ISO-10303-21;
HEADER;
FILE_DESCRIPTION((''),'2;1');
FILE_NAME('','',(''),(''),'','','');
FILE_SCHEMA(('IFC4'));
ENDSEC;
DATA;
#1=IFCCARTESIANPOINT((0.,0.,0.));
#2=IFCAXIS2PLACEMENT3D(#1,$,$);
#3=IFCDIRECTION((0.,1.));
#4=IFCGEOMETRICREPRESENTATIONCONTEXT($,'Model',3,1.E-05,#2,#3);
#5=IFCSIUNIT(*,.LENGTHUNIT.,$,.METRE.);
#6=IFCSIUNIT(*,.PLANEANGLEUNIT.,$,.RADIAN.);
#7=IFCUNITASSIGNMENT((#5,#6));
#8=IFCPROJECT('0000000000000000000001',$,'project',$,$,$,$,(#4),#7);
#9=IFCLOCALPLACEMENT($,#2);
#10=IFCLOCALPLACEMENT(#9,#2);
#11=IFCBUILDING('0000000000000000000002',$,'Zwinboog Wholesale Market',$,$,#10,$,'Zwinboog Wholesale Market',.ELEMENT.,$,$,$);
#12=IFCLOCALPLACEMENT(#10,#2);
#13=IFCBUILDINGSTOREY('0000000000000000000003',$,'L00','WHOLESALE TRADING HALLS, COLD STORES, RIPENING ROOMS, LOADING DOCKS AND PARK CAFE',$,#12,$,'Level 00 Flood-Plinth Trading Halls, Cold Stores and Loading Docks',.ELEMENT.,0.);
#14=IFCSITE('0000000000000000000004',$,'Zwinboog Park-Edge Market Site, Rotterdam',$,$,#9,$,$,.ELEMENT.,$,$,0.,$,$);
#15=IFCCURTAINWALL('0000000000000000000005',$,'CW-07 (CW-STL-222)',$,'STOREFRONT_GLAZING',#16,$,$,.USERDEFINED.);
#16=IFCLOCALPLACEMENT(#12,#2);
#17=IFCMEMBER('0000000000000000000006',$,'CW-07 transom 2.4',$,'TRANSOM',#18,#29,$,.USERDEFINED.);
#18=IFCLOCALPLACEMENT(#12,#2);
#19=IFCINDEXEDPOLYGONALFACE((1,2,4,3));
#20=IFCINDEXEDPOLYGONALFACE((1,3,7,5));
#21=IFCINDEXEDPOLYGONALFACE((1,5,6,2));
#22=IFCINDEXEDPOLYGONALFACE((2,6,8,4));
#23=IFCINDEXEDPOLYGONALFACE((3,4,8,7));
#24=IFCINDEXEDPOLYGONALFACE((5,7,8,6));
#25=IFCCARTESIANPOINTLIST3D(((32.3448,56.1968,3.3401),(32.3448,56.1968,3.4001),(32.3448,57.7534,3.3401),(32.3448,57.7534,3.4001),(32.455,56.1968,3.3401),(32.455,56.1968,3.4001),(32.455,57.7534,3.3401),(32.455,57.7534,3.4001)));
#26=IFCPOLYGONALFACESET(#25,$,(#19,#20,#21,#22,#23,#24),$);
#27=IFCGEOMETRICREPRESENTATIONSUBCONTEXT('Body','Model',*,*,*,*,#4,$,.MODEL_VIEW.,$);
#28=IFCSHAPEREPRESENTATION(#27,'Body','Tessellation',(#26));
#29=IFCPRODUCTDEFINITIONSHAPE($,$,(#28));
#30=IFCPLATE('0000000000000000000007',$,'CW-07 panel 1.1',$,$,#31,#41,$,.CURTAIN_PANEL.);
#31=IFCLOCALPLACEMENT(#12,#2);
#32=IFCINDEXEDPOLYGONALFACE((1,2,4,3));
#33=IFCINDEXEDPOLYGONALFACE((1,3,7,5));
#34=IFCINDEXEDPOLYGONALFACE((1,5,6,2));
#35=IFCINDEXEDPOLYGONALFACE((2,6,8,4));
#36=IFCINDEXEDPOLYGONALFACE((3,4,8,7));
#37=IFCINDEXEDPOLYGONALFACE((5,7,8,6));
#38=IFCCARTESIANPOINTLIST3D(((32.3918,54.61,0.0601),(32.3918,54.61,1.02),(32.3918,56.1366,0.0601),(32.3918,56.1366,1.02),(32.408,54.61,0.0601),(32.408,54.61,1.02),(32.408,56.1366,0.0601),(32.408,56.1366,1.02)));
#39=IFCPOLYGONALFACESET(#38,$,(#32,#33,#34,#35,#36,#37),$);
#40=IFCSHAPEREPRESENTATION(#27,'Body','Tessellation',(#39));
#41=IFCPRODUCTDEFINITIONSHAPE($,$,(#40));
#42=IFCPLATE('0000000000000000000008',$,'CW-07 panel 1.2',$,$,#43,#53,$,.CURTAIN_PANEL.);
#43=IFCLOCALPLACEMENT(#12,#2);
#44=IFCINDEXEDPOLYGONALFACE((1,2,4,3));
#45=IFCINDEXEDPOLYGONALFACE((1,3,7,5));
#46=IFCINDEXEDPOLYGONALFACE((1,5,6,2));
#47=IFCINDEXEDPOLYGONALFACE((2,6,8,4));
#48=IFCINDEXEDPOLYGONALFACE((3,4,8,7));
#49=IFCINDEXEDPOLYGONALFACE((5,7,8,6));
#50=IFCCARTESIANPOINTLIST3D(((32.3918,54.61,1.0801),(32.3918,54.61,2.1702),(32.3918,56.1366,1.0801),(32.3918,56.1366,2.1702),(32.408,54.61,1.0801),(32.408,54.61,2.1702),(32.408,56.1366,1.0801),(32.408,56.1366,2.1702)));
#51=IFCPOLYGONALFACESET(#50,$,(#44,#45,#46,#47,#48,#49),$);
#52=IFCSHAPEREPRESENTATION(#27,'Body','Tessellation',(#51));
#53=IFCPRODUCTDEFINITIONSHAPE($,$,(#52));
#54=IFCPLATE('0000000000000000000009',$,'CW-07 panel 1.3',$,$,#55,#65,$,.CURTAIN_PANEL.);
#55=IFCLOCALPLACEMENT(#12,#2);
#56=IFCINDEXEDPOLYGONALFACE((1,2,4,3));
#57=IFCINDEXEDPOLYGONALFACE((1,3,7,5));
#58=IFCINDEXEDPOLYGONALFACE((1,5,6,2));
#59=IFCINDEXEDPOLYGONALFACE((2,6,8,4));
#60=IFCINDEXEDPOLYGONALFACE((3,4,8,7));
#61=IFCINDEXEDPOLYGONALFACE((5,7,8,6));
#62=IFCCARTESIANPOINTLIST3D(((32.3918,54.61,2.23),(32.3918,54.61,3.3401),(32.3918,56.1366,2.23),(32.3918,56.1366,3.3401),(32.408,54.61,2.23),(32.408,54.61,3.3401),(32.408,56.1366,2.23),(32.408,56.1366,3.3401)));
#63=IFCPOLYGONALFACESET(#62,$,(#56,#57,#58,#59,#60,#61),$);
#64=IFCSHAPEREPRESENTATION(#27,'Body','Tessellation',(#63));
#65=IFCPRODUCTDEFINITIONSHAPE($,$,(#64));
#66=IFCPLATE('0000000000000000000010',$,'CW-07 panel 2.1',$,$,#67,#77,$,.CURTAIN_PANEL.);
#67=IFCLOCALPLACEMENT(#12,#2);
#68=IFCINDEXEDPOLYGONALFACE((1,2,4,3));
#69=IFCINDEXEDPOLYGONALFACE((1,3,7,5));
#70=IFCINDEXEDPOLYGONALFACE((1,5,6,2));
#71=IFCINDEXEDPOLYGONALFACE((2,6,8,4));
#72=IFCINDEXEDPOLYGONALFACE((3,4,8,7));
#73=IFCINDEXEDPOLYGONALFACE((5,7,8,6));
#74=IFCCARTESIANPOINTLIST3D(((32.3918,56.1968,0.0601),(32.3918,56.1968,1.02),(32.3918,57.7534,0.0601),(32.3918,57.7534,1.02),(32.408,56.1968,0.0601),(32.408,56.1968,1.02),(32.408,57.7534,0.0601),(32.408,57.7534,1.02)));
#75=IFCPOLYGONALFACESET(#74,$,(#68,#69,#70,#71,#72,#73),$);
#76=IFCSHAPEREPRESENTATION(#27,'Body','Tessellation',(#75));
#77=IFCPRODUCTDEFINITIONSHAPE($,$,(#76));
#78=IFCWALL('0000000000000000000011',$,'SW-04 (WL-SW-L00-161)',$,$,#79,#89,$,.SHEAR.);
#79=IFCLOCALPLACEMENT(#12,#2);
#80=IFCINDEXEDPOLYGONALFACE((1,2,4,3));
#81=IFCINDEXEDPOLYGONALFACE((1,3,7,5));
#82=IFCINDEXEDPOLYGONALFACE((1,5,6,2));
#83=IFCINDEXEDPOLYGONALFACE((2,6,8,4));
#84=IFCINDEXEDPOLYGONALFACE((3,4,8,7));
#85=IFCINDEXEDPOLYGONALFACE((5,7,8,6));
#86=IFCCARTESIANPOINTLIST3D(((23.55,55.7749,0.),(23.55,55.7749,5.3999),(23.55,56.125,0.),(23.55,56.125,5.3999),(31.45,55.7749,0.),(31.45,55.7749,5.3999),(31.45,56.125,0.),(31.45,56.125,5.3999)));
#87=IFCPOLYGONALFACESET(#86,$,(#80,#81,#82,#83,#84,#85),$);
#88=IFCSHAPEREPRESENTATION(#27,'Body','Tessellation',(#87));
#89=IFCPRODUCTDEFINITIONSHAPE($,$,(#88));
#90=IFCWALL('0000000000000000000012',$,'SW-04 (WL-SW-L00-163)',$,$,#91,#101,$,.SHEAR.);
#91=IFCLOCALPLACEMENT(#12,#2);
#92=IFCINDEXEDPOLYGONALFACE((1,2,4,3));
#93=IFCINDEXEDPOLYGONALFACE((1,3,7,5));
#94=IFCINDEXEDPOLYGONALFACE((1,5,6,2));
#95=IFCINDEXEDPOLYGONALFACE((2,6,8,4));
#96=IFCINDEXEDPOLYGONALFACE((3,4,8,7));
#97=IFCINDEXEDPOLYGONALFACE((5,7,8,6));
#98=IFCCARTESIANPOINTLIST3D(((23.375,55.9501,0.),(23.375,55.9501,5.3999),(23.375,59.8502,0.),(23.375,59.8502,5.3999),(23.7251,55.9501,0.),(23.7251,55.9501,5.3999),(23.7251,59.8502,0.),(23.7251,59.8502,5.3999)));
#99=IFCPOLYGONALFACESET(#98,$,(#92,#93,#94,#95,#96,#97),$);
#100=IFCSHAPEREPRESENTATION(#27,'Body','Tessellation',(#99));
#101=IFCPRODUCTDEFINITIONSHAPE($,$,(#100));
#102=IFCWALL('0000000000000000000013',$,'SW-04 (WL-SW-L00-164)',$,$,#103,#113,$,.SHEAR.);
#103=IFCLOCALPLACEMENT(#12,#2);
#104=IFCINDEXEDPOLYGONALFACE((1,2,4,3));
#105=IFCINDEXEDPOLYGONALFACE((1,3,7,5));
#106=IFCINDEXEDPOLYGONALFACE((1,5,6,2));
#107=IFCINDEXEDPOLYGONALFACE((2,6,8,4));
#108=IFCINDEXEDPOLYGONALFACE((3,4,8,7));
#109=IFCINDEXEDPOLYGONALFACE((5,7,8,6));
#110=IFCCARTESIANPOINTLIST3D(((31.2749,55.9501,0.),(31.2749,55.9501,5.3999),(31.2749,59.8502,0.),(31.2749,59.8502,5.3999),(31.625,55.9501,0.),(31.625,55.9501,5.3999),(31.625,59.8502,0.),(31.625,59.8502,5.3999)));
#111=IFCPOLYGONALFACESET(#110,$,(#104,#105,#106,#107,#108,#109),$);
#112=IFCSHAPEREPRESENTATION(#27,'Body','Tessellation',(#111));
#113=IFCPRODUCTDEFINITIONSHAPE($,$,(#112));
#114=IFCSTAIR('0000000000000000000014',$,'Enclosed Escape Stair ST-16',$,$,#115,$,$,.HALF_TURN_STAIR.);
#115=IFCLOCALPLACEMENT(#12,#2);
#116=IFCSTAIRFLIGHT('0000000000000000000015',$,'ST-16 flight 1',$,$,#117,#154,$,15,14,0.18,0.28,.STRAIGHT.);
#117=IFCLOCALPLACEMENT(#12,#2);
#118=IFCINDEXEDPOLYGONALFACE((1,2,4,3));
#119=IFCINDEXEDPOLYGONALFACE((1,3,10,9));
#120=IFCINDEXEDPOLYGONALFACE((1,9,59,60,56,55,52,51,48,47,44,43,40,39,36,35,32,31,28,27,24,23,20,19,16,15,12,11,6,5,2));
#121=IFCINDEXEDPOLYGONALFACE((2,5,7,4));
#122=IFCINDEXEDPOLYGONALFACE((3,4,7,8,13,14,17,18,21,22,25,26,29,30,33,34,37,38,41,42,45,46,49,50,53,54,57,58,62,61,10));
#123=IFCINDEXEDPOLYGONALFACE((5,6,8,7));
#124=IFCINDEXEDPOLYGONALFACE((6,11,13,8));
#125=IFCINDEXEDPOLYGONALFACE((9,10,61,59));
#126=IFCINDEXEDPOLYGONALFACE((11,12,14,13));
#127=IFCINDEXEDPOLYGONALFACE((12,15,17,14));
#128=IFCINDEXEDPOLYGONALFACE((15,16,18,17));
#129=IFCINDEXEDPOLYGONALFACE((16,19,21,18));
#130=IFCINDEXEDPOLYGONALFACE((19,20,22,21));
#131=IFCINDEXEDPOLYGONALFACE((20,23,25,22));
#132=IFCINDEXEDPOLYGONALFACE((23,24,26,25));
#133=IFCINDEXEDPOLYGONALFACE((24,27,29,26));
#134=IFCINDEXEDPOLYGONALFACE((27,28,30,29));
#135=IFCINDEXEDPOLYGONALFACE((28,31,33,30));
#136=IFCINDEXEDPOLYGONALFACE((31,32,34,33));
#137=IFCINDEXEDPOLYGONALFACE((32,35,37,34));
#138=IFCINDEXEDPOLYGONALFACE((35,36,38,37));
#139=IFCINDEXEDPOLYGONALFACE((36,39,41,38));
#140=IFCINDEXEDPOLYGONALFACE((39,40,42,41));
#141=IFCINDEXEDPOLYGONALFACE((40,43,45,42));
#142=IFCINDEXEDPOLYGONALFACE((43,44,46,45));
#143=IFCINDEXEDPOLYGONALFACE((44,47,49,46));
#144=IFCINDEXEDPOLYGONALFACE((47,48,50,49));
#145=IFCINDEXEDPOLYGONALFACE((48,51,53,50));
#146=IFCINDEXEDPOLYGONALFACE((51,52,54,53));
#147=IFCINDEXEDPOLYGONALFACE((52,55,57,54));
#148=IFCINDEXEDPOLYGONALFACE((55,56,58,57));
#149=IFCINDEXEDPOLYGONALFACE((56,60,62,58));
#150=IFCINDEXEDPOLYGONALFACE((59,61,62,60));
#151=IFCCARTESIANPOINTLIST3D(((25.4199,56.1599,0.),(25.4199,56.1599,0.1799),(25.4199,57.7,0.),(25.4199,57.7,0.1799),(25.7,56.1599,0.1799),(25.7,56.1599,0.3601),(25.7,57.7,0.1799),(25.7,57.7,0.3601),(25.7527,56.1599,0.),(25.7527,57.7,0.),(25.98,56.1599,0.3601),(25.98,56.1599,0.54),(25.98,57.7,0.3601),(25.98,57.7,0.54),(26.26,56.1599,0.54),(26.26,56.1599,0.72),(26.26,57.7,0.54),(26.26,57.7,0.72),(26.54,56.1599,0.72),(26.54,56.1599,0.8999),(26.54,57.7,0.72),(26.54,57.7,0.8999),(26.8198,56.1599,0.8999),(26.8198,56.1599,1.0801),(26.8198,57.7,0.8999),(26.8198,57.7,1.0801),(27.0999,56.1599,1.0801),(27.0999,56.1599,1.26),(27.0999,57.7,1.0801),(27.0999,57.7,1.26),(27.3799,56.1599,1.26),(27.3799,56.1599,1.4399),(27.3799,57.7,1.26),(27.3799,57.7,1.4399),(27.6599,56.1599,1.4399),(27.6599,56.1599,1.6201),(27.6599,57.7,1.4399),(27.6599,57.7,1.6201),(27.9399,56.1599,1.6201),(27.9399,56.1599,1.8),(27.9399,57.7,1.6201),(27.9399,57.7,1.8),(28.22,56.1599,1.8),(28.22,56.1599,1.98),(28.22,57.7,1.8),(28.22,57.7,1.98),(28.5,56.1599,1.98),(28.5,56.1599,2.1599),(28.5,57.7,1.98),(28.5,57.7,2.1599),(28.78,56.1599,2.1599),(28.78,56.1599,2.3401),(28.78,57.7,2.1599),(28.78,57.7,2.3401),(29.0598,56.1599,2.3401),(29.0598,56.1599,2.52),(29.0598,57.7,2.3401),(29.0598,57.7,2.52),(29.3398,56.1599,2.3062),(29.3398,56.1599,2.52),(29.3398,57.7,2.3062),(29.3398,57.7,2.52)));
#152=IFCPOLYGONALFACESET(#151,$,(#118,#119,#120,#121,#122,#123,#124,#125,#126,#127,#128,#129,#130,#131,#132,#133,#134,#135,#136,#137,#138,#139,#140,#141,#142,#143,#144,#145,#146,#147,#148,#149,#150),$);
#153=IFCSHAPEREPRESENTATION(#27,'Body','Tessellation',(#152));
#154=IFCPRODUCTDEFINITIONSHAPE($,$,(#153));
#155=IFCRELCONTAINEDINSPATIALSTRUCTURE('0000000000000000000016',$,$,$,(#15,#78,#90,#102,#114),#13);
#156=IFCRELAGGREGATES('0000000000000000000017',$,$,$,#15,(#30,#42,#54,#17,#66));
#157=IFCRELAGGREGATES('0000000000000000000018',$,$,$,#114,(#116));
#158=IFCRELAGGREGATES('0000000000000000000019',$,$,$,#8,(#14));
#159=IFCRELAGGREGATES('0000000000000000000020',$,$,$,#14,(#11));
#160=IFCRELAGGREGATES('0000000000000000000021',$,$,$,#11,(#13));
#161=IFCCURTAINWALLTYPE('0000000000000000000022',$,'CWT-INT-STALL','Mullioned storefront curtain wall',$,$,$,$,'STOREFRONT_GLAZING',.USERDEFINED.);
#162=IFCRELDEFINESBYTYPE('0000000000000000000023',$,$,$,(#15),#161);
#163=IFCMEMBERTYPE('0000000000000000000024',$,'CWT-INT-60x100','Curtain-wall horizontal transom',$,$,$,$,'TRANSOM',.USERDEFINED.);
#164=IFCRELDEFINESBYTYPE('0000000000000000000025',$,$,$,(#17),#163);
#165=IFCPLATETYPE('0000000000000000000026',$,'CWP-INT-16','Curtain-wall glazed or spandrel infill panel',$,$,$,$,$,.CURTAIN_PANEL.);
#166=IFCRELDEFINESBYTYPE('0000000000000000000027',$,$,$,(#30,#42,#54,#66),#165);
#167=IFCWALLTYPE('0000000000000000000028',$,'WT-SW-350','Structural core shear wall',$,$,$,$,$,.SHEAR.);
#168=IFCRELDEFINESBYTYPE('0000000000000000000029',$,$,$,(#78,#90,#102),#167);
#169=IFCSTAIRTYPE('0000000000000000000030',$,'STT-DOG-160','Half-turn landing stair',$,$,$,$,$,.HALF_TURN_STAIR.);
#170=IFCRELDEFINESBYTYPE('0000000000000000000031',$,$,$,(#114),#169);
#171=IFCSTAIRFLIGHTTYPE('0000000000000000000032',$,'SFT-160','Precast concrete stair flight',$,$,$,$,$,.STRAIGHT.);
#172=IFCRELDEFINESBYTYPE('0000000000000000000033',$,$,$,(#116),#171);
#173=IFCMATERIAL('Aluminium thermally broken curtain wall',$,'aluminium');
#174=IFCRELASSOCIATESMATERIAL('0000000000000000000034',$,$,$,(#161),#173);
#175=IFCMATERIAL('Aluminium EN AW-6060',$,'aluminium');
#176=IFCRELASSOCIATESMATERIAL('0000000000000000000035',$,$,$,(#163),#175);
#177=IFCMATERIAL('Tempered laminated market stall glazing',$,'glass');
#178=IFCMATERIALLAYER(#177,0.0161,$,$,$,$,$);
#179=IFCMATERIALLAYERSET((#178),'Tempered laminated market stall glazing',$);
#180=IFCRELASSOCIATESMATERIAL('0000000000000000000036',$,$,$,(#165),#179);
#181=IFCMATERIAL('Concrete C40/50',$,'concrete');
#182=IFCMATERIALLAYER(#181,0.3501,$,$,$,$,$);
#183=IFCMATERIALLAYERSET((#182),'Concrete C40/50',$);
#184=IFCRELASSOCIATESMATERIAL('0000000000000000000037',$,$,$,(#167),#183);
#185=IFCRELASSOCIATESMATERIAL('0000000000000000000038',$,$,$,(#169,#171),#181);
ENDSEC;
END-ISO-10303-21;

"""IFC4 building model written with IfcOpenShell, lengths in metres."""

from ifc_helpers import new_model, si_unit, direction, frame, frame_2d, origin, origin_2d, place, context, subcontext, project, spatial, polyline, rectangle, outline, extrude, material, layer, layer_set, material_profile, profile_set, type_object, element, aggregate, save


model = new_model("IFC4")

# Units and contexts
model_context = context("Model", 3, precision=1e-05, world=origin(), true_north=direction((0.0, 1.0)))
body_context = subcontext(model_context, "Body", "Model", "MODEL_VIEW")
ifc_project = project(units=[si_unit("LENGTHUNIT", "METRE"), si_unit("PLANEANGLEUNIT", "RADIAN")], contexts=[model_context])

# Site, building, storey
site_placement = place(None, origin())
site = spatial("IfcSite", under=ifc_project, at=site_placement, Name="Zwinboog Park-Edge Market Site, Rotterdam", CompositionType="ELEMENT", RefElevation=0.0)
building_placement = place(site_placement, origin())
building = spatial("IfcBuilding", under=site, at=building_placement, Name="Zwinboog Wholesale Market", LongName="Zwinboog Wholesale Market", CompositionType="ELEMENT")
storey_placement = place(building_placement, origin())
storey = spatial("IfcBuildingStorey", under=building, at=storey_placement, Name="L00", Description="WHOLESALE TRADING HALLS, COLD STORES, RIPENING ROOMS, LOADING DOCKS AND PARK CAFE", LongName="Level 00 Flood-Plinth Trading Halls, Cold Stores and Loading Docks", CompositionType="ELEMENT", Elevation=0.0)

# Shared definitions
ifc_material_1 = material(Name="Concrete C40/50", Category="concrete")

# Curtain wall, member, plates
ifc_material_2 = material(Name="Aluminium thermally broken curtain wall", Category="aluminium")
curtain_wall_type = type_object("IfcCurtainWallType", Name="CWT-INT-STALL", Description="Mullioned storefront curtain wall", ElementType="STOREFRONT_GLAZING", PredefinedType="USERDEFINED", material=ifc_material_2)
curtain_wall_placement = place(storey_placement, origin())
curtain_wall = element("IfcCurtainWall", 1, at=curtain_wall_placement, inside=storey, type_object=curtain_wall_type, Name="CW-07 (CW-STL-222)", ObjectType="STOREFRONT_GLAZING", PredefinedType="USERDEFINED")
ifc_material_3 = material(Name="Aluminium EN AW-6060", Category="aluminium")
ifc_material_profile_1 = material_profile(ifc_material_3, rectangle(XDim=0.1101, YDim=0.0601, at=origin_2d()), Name="AL 60x110")
ifc_profile_set_1 = profile_set([ifc_material_profile_1], Name="Aluminium EN AW-6060")
member_type_1 = type_object("IfcMemberType", Name="CWT-INT-60x100", Description="Curtain-wall horizontal transom", ElementType="TRANSOM", PredefinedType="USERDEFINED", material=ifc_profile_set_1)
member_1_placement = place(storey_placement, frame((32.3999, 56.1968, 3.3701), z_axis=(0.0, 1.0, 0.0), x_axis=(-1.0, 0.0, 0.0)))
member_1 = element("IfcMember", 2, at=member_1_placement, type_object=member_type_1, Name="CW-07 transom 2.4", ObjectType="TRANSOM", PredefinedType="USERDEFINED", context=body_context, shape_type="SweptSolid", body=[
    extrude(rectangle(XDim=0.1101, YDim=0.0601, at=origin_2d()), origin(), (0.0, 0.0, 1.0), 1.5566),
])
ifc_material_4 = material(Name="Tempered laminated market stall glazing", Category="glass")
ifc_layer_1 = layer(ifc_material_4, 0.0161)
ifc_layer_set_1 = layer_set([ifc_layer_1], Name="Tempered laminated market stall glazing")
plate_type = type_object("IfcPlateType", Name="CWP-INT-16", Description="Curtain-wall glazed or spandrel infill panel", PredefinedType="CURTAIN_PANEL", material=ifc_layer_set_1)
plate_1_placement = place(storey_placement, frame((32.3999, 55.3733, 0.0601), z_axis=(0.0, 0.0, 1.0), x_axis=(0.0, 1.0, 0.0)))
plate_1 = element("IfcPlate", 3, at=plate_1_placement, type_object=plate_type, Name="CW-07 panel 1.1", PredefinedType="CURTAIN_PANEL", context=body_context, shape_type="SweptSolid", body=[
    extrude(rectangle(XDim=1.5266, YDim=0.0161, at=origin_2d()), origin(), (0.0, 0.0, 1.0), 0.96),
])
plate_2_placement = place(storey_placement, frame((32.3999, 55.3733, 1.0801), z_axis=(0.0, 0.0, 1.0), x_axis=(0.0, 1.0, 0.0)))
plate_2 = element("IfcPlate", 4, at=plate_2_placement, type_object=plate_type, Name="CW-07 panel 1.2", PredefinedType="CURTAIN_PANEL", context=body_context, shape_type="SweptSolid", body=[
    extrude(rectangle(XDim=1.5266, YDim=0.0161, at=origin_2d()), origin(), (0.0, 0.0, 1.0), 1.0901),
])
plate_3_placement = place(storey_placement, frame((32.3999, 55.3733, 2.23), z_axis=(0.0, 0.0, 1.0), x_axis=(0.0, 1.0, 0.0)))
plate_3 = element("IfcPlate", 5, at=plate_3_placement, type_object=plate_type, Name="CW-07 panel 1.3", PredefinedType="CURTAIN_PANEL", context=body_context, shape_type="SweptSolid", body=[
    extrude(rectangle(XDim=1.5266, YDim=0.0161, at=origin_2d()), origin(), (0.0, 0.0, 1.0), 1.1101),
])
plate_4_placement = place(storey_placement, frame((32.3999, 56.9751, 0.0601), z_axis=(0.0, 0.0, 1.0), x_axis=(0.0, 1.0, 0.0)))
plate_4 = element("IfcPlate", 6, at=plate_4_placement, type_object=plate_type, Name="CW-07 panel 2.1", PredefinedType="CURTAIN_PANEL", context=body_context, shape_type="SweptSolid", body=[
    extrude(rectangle(XDim=1.5566, YDim=0.0161, at=origin_2d()), origin(), (0.0, 0.0, 1.0), 0.96),
])
aggregate(curtain_wall, [plate_1, plate_2, plate_3, member_1, plate_4])

# Walls
ifc_layer_2 = layer(ifc_material_1, 0.3501)
ifc_layer_set_2 = layer_set([ifc_layer_2], Name="Concrete C40/50")
wall_type = type_object("IfcWallType", Name="WT-SW-350", Description="Structural core shear wall", PredefinedType="SHEAR", material=ifc_layer_set_2)
wall_placement = place(storey_placement, frame((23.55, 55.95, 0.0), z_axis=(0.0, 0.0, 1.0), x_axis=(1.0, 0.0, 0.0)))
element("IfcWall", 7, at=wall_placement, inside=storey, type_object=wall_type, Name="SW-04 (WL-SW-L00-161)", PredefinedType="SHEAR", context=body_context, shape_type="SweptSolid", body=[
    extrude(rectangle(XDim=7.8999, YDim=0.3501, at=frame_2d((3.95, 0.0))), origin(), (0.0, 0.0, 1.0), 5.3999),
])
for number, where, z_axis, x_axis, name in (
    (8, (23.55, 55.95, 0.0), (0.0, 0.0, 1.0), (0.0, 1.0, 0.0), "SW-04 (WL-SW-L00-163)"),
    (9, (31.45, 55.95, 0.0), (0.0, 0.0, 1.0), (0.0, 1.0, 0.0), "SW-04 (WL-SW-L00-164)"),
):
    element("IfcWall", number, at=place(storey_placement, frame(where, z_axis=z_axis, x_axis=x_axis)), inside=storey, type_object=wall_type, Name=name, PredefinedType="SHEAR", context=body_context, shape_type="SweptSolid", body=[
        extrude(rectangle(XDim=3.9001, YDim=0.3501, at=frame_2d((1.9502, 0.0))), origin(), (0.0, 0.0, 1.0), 5.3999),
    ])

# Stair, stair flight
stair_type = type_object("IfcStairType", Name="STT-DOG-160", Description="Half-turn landing stair", PredefinedType="HALF_TURN_STAIR", material=ifc_material_1)
stair_placement = place(storey_placement, origin())
stair = element("IfcStair", 10, at=stair_placement, inside=storey, type_object=stair_type, Name="Enclosed Escape Stair ST-16", PredefinedType="HALF_TURN_STAIR")
stair_flight_type = type_object("IfcStairFlightType", Name="SFT-160", Description="Precast concrete stair flight", PredefinedType="STRAIGHT", material=ifc_material_1)
stair_flight_placement = place(storey_placement, frame((25.4199, 56.9299, 0.0), z_axis=(0.0, 0.0, 1.0), x_axis=(1.0, 0.0, 0.0)))
stair_flight = element("IfcStairFlight", 11, at=stair_flight_placement, type_object=stair_flight_type, Name="ST-16 flight 1", NumberOfRisers=15, NumberOfTreads=14, PredefinedType="STRAIGHT", RiserHeight=0.18, TreadLength=0.28, context=body_context, shape_type="SweptSolid", body=[
    extrude(outline(polyline([(0.0, 0.0), (0.0, 0.1799), (0.28, 0.1799), (0.28, 0.3601), (0.5601, 0.3601), (0.5601, 0.54), (0.8401, 0.54), (0.8401, 0.72), (1.1201, 0.72), (1.1201, 0.8999), (1.3999, 0.8999), (1.3999, 1.0801), (1.6799, 1.0801), (1.6799, 1.26), (1.96, 1.26), (1.96, 1.4399), (2.24, 1.4399), (2.24, 1.6201), (2.52, 1.6201), (2.52, 1.8), (2.8, 1.8), (2.8, 1.98), (3.0801, 1.98), (3.0801, 2.1599), (3.3601, 2.1599), (3.3601, 2.3401), (3.6399, 2.3401), (3.6399, 2.52), (3.9199, 2.52), (3.9199, 2.7), (3.9199, 2.3062), (0.3328, 0.0), (0.0, 0.0)])), frame((0.0, 0.77, 0.0), z_axis=(0.0, -1.0, 0.0), x_axis=(1.0, 0.0, 0.0)), (0.0, 0.0, 1.0), 1.54),
])
aggregate(stair, [stair_flight])

save(model, "model.ifc")
